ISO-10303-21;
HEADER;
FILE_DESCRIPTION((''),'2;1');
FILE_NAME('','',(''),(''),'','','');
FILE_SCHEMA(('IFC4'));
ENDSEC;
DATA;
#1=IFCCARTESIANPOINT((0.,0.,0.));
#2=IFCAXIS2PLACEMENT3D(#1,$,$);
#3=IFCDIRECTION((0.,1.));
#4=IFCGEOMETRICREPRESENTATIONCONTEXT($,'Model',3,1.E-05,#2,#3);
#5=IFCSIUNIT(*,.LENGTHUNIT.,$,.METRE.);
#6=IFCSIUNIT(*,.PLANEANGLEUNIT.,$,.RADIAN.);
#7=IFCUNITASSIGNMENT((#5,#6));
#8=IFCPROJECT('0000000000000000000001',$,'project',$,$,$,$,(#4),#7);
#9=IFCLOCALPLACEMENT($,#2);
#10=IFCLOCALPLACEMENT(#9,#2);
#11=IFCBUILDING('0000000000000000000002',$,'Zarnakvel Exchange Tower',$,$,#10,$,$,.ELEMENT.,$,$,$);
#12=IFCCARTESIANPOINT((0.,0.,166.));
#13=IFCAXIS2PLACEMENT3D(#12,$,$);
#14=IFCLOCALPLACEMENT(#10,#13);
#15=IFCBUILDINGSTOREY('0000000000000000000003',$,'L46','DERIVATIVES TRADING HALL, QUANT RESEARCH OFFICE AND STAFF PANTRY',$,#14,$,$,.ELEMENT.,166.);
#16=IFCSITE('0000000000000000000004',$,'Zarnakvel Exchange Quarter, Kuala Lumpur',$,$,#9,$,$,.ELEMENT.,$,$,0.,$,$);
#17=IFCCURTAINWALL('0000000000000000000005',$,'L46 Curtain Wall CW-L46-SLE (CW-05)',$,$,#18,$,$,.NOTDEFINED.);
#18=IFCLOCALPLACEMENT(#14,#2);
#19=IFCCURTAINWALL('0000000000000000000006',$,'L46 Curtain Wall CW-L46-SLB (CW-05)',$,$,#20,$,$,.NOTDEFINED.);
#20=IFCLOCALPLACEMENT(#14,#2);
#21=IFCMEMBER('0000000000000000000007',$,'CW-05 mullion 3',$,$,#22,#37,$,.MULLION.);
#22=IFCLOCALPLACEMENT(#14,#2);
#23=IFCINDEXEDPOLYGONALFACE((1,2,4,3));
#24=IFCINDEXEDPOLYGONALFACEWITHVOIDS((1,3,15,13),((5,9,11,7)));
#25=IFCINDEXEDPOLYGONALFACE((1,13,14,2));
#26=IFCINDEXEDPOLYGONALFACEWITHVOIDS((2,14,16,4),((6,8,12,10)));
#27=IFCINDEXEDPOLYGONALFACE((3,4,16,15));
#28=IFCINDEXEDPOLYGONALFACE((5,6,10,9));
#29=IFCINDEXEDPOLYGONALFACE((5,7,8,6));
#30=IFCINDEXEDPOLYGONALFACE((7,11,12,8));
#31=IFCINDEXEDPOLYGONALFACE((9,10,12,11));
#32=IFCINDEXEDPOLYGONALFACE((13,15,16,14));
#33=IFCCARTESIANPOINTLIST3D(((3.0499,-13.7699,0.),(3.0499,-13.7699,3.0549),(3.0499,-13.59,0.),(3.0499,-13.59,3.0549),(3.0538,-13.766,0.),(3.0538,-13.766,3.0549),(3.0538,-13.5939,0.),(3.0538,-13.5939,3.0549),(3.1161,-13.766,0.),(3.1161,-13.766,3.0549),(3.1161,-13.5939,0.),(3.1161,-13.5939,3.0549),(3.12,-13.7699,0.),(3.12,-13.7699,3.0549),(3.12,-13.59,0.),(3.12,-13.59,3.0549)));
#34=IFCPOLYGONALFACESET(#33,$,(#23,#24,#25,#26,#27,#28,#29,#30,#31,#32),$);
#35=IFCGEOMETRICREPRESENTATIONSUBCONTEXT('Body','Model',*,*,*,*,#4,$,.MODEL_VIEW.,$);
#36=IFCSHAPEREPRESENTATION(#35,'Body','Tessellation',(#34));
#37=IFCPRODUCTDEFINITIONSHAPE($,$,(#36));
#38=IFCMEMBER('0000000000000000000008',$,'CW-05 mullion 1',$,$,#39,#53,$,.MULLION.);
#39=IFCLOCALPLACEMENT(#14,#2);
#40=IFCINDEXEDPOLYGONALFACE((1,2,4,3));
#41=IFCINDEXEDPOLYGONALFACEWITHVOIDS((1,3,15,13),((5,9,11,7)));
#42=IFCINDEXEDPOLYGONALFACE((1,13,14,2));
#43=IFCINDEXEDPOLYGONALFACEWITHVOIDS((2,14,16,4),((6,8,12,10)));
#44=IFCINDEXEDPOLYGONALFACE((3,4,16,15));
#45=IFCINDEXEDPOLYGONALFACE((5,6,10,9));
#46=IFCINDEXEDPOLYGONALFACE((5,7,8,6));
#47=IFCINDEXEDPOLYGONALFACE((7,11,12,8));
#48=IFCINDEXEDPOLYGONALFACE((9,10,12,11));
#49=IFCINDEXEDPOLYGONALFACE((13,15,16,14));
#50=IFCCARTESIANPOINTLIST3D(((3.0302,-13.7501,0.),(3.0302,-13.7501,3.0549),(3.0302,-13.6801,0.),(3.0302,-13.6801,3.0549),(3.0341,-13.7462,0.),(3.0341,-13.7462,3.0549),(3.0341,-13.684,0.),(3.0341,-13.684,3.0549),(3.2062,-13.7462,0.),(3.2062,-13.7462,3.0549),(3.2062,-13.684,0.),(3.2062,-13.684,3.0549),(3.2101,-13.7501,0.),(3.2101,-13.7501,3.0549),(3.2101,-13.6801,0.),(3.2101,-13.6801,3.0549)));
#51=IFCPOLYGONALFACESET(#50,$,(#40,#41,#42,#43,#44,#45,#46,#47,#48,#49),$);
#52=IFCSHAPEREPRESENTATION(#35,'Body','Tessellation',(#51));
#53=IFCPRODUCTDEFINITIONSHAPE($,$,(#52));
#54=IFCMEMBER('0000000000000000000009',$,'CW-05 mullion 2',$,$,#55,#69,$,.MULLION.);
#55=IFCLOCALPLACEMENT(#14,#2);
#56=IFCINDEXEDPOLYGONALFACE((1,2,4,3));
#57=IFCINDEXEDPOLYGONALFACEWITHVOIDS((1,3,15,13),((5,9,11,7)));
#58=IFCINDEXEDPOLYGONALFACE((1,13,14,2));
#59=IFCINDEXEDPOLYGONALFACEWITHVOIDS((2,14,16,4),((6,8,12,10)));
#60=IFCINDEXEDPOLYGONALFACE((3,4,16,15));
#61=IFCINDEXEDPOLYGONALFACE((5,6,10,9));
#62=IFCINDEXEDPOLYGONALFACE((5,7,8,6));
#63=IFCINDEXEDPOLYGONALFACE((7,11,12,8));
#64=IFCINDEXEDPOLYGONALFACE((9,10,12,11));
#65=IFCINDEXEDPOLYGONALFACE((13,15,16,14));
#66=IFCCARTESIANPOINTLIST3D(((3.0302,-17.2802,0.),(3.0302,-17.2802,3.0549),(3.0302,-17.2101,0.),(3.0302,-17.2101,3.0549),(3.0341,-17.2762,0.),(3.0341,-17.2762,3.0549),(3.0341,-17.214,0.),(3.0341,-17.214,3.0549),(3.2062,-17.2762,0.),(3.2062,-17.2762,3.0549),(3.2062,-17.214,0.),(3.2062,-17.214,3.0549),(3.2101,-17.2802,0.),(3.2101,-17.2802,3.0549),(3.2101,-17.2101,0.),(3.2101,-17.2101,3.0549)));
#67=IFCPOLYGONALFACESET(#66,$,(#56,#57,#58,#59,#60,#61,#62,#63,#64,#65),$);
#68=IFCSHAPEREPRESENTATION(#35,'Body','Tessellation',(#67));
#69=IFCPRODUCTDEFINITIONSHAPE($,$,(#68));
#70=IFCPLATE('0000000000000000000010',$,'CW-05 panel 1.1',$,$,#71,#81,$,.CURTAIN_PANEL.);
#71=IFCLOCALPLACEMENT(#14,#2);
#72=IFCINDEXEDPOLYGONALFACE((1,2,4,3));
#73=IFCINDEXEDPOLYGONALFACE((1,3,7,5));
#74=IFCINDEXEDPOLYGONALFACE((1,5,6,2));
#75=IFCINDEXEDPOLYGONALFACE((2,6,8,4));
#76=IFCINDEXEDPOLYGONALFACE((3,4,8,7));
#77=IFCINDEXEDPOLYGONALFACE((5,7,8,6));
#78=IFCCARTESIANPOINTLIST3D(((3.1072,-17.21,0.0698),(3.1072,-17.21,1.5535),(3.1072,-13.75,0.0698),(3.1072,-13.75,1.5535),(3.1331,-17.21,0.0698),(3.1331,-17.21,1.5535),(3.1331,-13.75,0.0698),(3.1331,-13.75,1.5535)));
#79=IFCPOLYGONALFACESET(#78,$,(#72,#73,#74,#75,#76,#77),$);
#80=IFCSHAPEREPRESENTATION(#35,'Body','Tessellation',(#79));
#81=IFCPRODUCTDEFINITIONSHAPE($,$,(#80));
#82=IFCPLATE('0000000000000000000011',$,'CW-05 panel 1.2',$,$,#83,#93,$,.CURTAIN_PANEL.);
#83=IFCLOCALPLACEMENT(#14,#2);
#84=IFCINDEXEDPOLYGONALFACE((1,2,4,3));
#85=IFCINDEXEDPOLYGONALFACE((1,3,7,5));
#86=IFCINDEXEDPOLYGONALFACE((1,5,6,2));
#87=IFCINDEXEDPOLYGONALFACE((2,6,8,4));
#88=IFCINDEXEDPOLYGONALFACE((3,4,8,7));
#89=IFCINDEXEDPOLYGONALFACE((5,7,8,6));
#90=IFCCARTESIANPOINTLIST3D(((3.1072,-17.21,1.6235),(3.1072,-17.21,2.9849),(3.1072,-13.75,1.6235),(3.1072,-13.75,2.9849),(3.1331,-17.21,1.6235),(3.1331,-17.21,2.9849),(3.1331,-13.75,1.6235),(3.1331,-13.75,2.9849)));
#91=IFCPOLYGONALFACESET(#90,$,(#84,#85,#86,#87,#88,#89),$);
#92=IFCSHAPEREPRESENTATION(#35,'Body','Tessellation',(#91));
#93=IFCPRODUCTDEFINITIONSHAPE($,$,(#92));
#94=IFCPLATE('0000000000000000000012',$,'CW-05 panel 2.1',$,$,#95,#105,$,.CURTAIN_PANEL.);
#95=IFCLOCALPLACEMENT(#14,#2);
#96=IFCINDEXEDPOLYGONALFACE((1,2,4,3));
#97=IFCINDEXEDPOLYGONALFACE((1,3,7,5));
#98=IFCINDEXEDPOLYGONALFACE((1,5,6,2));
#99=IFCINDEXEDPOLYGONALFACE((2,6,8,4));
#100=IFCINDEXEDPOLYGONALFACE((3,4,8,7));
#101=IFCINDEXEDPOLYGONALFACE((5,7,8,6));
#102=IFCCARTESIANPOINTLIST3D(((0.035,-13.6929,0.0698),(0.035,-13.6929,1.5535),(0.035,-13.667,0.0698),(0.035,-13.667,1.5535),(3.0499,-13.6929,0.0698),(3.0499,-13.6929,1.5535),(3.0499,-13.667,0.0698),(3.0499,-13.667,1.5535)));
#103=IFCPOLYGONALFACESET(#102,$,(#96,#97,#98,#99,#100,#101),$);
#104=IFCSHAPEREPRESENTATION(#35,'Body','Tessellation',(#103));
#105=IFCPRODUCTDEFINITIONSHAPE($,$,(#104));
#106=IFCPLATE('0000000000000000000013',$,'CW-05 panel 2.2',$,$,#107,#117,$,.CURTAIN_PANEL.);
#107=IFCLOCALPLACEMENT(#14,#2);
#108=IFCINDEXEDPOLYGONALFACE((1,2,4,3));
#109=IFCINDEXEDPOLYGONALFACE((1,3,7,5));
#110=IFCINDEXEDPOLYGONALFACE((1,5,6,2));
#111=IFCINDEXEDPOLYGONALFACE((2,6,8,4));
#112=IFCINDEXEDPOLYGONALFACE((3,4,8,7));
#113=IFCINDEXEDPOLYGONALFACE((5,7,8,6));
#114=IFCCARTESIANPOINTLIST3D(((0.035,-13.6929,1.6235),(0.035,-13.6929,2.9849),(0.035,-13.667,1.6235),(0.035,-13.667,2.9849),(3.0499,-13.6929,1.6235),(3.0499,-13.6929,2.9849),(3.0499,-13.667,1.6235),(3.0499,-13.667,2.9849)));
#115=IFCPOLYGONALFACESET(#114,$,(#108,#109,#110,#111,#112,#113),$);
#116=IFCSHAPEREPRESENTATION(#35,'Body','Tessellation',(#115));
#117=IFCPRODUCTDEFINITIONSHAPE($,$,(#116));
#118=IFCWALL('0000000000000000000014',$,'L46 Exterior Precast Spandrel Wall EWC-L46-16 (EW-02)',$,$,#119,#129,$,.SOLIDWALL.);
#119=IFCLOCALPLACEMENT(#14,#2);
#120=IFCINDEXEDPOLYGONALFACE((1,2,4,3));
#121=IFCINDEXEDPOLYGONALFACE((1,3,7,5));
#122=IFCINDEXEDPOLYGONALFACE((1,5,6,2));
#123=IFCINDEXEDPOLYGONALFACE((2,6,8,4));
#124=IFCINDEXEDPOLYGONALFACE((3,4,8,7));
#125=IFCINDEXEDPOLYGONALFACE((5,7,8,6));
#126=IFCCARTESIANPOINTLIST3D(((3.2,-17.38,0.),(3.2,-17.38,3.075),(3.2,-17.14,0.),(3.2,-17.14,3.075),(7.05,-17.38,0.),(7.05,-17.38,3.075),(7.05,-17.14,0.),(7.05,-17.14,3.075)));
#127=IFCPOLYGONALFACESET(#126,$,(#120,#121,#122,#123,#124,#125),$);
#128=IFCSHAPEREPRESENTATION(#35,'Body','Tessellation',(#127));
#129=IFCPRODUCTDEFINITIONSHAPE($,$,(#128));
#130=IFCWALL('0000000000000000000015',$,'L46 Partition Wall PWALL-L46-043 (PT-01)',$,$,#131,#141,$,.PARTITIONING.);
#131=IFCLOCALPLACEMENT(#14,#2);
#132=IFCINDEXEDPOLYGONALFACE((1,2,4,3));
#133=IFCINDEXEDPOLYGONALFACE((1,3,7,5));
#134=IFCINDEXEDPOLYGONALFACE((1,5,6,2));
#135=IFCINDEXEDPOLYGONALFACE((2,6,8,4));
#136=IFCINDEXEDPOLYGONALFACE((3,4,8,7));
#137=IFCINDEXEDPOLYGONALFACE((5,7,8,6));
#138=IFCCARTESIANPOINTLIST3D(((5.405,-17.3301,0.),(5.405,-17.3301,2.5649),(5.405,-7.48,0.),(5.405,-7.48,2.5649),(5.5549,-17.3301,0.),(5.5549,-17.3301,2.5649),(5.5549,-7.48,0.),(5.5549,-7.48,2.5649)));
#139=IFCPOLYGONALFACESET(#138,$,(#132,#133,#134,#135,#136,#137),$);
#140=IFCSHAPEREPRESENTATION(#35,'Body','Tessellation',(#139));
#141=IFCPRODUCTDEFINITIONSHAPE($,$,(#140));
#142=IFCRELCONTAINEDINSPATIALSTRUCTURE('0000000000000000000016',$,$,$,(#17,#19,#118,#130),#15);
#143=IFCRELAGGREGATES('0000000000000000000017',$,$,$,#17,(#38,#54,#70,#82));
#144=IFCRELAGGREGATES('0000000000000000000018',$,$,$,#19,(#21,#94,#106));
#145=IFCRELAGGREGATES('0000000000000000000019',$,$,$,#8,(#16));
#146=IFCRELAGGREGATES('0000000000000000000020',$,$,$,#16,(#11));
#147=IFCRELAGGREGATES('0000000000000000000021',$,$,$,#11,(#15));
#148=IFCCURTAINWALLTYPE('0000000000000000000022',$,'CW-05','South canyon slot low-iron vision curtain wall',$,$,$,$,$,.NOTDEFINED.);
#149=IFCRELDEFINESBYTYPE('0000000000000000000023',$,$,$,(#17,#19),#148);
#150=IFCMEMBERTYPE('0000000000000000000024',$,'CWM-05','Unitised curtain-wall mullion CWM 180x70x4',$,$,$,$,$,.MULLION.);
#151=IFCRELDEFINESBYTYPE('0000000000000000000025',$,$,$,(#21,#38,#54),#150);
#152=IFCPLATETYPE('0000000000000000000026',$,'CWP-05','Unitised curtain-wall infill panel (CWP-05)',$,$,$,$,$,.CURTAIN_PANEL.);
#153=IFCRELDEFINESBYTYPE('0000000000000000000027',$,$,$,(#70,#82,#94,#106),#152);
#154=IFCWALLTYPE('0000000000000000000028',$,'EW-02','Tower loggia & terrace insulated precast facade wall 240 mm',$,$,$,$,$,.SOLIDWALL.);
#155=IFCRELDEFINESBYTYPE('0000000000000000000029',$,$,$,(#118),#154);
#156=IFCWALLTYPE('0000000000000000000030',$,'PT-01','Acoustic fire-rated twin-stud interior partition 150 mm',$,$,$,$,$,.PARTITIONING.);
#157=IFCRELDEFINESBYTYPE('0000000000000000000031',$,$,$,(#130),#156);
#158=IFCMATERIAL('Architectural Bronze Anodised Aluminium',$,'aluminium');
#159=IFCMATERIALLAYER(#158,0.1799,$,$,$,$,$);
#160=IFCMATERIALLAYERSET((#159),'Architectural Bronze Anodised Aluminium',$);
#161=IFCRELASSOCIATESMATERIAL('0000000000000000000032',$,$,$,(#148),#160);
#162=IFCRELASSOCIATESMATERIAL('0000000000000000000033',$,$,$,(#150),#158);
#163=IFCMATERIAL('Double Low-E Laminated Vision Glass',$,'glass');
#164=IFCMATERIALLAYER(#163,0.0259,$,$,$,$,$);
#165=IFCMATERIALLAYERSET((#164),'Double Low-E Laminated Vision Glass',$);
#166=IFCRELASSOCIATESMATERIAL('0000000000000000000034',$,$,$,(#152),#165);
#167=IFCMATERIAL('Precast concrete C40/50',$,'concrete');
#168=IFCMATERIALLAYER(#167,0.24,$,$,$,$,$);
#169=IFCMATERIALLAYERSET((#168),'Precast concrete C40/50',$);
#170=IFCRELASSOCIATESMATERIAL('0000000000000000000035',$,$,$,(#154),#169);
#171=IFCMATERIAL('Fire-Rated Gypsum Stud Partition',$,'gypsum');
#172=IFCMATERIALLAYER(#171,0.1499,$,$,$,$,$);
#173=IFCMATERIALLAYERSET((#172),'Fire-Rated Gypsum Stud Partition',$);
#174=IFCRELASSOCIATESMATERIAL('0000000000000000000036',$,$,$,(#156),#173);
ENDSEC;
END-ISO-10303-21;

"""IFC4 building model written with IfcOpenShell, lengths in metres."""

from ifc_helpers import new_model, si_unit, direction, frame, frame_2d, origin, origin_2d, place, context, subcontext, project, spatial, rectangle, hollow_rectangle, extrude, source, transform, mapped, material, layer, layer_set, material_profile, profile_set, type_object, element, aggregate, save


model = new_model("IFC4")

# Units and contexts
model_context = context("Model", 3, precision=1e-05, world=origin(), true_north=direction((0.0, 1.0)))
body_context = subcontext(model_context, "Body", "Model", "MODEL_VIEW")
ifc_project = project(units=[si_unit("LENGTHUNIT", "METRE"), si_unit("PLANEANGLEUNIT", "RADIAN")], contexts=[model_context])

# Site, building, storey
site_placement = place(None, origin())
site = spatial("IfcSite", under=ifc_project, at=site_placement, Name="Zarnakvel Exchange Quarter, Kuala Lumpur", CompositionType="ELEMENT", RefElevation=0.0)
building_placement = place(site_placement, origin())
building = spatial("IfcBuilding", under=site, at=building_placement, Name="Zarnakvel Exchange Tower", CompositionType="ELEMENT")
storey_placement = place(building_placement, frame((0.0, 0.0, 166.0)))
storey = spatial("IfcBuildingStorey", under=building, at=storey_placement, Name="L46", Description="DERIVATIVES TRADING HALL, QUANT RESEARCH OFFICE AND STAFF PANTRY", CompositionType="ELEMENT", Elevation=166.0)

# Curtain walls, member
ifc_material_1 = material(Name="Architectural Bronze Anodised Aluminium", Category="aluminium")
ifc_layer_1 = layer(ifc_material_1, 0.1799)
ifc_layer_set_1 = layer_set([ifc_layer_1], Name="Architectural Bronze Anodised Aluminium")
curtain_wall_type = type_object("IfcCurtainWallType", Name="CW-05", Description="South canyon slot low-iron vision curtain wall", PredefinedType="NOTDEFINED", material=ifc_layer_set_1)
curtain_wall_1_placement = place(storey_placement, origin())
curtain_wall_1 = element("IfcCurtainWall", 1, at=curtain_wall_1_placement, inside=storey, type_object=curtain_wall_type, Name="L46 Curtain Wall CW-L46-SLE (CW-05)", PredefinedType="NOTDEFINED")
curtain_wall_2_placement = place(storey_placement, origin())
curtain_wall_2 = element("IfcCurtainWall", 2, at=curtain_wall_2_placement, inside=storey, type_object=curtain_wall_type, Name="L46 Curtain Wall CW-L46-SLB (CW-05)", PredefinedType="NOTDEFINED")
ifc_material_profile_1 = material_profile(ifc_material_1, hollow_rectangle(XDim=0.1799, YDim=0.0701, WallThickness=0.0039, at=origin_2d()))
ifc_profile_set_1 = profile_set([ifc_material_profile_1], Name="Architectural Bronze Anodised Aluminium")
member_type_1 = type_object("IfcMemberType", Name="CWM-05", Description="Unitised curtain-wall mullion CWM 180x70x4", PredefinedType="MULLION", material=ifc_profile_set_1)
shared_shape_1 = source(origin(), body_context, "Body", "SweptSolid", [
    extrude(hollow_rectangle(XDim=0.1799, YDim=0.0701, WallThickness=0.0039, at=origin_2d()), origin(), (0.0, 0.0, 1.0), 3.0549),
])
member_1_placement = place(storey_placement, frame((3.085, -13.6799, 0.0), z_axis=(0.0, 0.0, 1.0), x_axis=(0.0, 1.0, 0.0)))
member_1 = element("IfcMember", 3, at=member_1_placement, type_object=member_type_1, Name="CW-05 mullion 3", PredefinedType="MULLION", context=body_context, shape_type="MappedRepresentation", body=[
    mapped(shared_shape_1, transform((0.0, 0.0, 0.0), x_axis=(1.0, 0.0, 0.0), y_axis=(0.0, 1.0, 0.0), z_axis=(0.0, 0.0, 1.0), scale=1.0)),
])

# Members
member_2_placement = place(storey_placement, frame((3.1201, -13.7151, 0.0), z_axis=(0.0, 0.0, 1.0), x_axis=(1.0, 0.0, 0.0)))
member_2 = element("IfcMember", 4, at=member_2_placement, type_object=member_type_1, Name="CW-05 mullion 1", PredefinedType="MULLION", context=body_context, shape_type="MappedRepresentation", body=[
    mapped(shared_shape_1, transform((0.0, 0.0, 0.0), x_axis=(1.0, 0.0, 0.0), y_axis=(0.0, 1.0, 0.0), z_axis=(0.0, 0.0, 1.0), scale=1.0)),
])
member_3_placement = place(storey_placement, frame((3.1201, -17.2451, 0.0), z_axis=(0.0, 0.0, 1.0), x_axis=(1.0, 0.0, 0.0)))
member_3 = element("IfcMember", 5, at=member_3_placement, type_object=member_type_1, Name="CW-05 mullion 2", PredefinedType="MULLION", context=body_context, shape_type="MappedRepresentation", body=[
    mapped(shared_shape_1, transform((0.0, 0.0, 0.0), x_axis=(1.0, 0.0, 0.0), y_axis=(0.0, 1.0, 0.0), z_axis=(0.0, 0.0, 1.0), scale=1.0)),
])

# Plates
ifc_material_2 = material(Name="Double Low-E Laminated Vision Glass", Category="glass")
ifc_layer_2 = layer(ifc_material_2, 0.0259)
ifc_layer_set_2 = layer_set([ifc_layer_2], Name="Double Low-E Laminated Vision Glass")
plate_type = type_object("IfcPlateType", Name="CWP-05", Description="Unitised curtain-wall infill panel (CWP-05)", PredefinedType="CURTAIN_PANEL", material=ifc_layer_set_2)
shared_shape_2 = source(origin(), body_context, "Body", "SweptSolid", [
    extrude(rectangle(XDim=3.46, YDim=0.0259, at=origin_2d()), origin(), (0.0, 0.0, 1.0), 1.4836),
])
plate_1_placement = place(storey_placement, frame((3.1201, -15.48, 0.0698), z_axis=(0.0, 0.0, 1.0), x_axis=(0.0, -1.0, 0.0)))
plate_1 = element("IfcPlate", 6, at=plate_1_placement, type_object=plate_type, Name="CW-05 panel 1.1", PredefinedType="CURTAIN_PANEL", context=body_context, shape_type="MappedRepresentation", body=[
    mapped(shared_shape_2, transform((0.0, 0.0, 0.0), x_axis=(1.0, 0.0, 0.0), y_axis=(0.0, 1.0, 0.0), z_axis=(0.0, 0.0, 1.0), scale=1.0)),
])
shared_shape_3 = source(origin(), body_context, "Body", "SweptSolid", [
    extrude(rectangle(XDim=3.46, YDim=0.0259, at=origin_2d()), origin(), (0.0, 0.0, 1.0), 1.3613),
])
plate_2_placement = place(storey_placement, frame((3.1201, -15.48, 1.6235), z_axis=(0.0, 0.0, 1.0), x_axis=(0.0, -1.0, 0.0)))
plate_2 = element("IfcPlate", 7, at=plate_2_placement, type_object=plate_type, Name="CW-05 panel 1.2", PredefinedType="CURTAIN_PANEL", context=body_context, shape_type="MappedRepresentation", body=[
    mapped(shared_shape_3, transform((0.0, 0.0, 0.0), x_axis=(1.0, 0.0, 0.0), y_axis=(0.0, 1.0, 0.0), z_axis=(0.0, 0.0, 1.0), scale=1.0)),
])
aggregate(curtain_wall_1, [member_2, member_3, plate_1, plate_2])
shared_shape_4 = source(origin(), body_context, "Body", "SweptSolid", [
    extrude(rectangle(XDim=3.0149, YDim=0.0259, at=origin_2d()), origin(), (0.0, 0.0, 1.0), 1.4836),
])
plate_3_placement = place(storey_placement, frame((1.5425, -13.6799, 0.0698), z_axis=(0.0, 0.0, 1.0), x_axis=(1.0, 0.0, 0.0)))
plate_3 = element("IfcPlate", 8, at=plate_3_placement, type_object=plate_type, Name="CW-05 panel 2.1", PredefinedType="CURTAIN_PANEL", context=body_context, shape_type="MappedRepresentation", body=[
    mapped(shared_shape_4, transform((0.0, 0.0, 0.0), x_axis=(1.0, 0.0, 0.0), y_axis=(0.0, 1.0, 0.0), z_axis=(0.0, 0.0, 1.0), scale=1.0)),
])
shared_shape_5 = source(origin(), body_context, "Body", "SweptSolid", [
    extrude(rectangle(XDim=3.0149, YDim=0.0259, at=origin_2d()), origin(), (0.0, 0.0, 1.0), 1.3613),
])
plate_4_placement = place(storey_placement, frame((1.5425, -13.6799, 1.6235), z_axis=(0.0, 0.0, 1.0), x_axis=(1.0, 0.0, 0.0)))
plate_4 = element("IfcPlate", 9, at=plate_4_placement, type_object=plate_type, Name="CW-05 panel 2.2", PredefinedType="CURTAIN_PANEL", context=body_context, shape_type="MappedRepresentation", body=[
    mapped(shared_shape_5, transform((0.0, 0.0, 0.0), x_axis=(1.0, 0.0, 0.0), y_axis=(0.0, 1.0, 0.0), z_axis=(0.0, 0.0, 1.0), scale=1.0)),
])
aggregate(curtain_wall_2, [member_1, plate_3, plate_4])

# Walls
ifc_material_3 = material(Name="Precast concrete C40/50", Category="concrete")
ifc_layer_3 = layer(ifc_material_3, 0.24)
ifc_layer_set_3 = layer_set([ifc_layer_3], Name="Precast concrete C40/50")
wall_type_1 = type_object("IfcWallType", Name="EW-02", Description="Tower loggia & terrace insulated precast facade wall 240 mm", PredefinedType="SOLIDWALL", material=ifc_layer_set_3)
wall_1_placement = place(storey_placement, frame((3.2, -17.26, 0.0), z_axis=(0.0, 0.0, 1.0), x_axis=(1.0, 0.0, 0.0)))
element("IfcWall", 10, at=wall_1_placement, inside=storey, type_object=wall_type_1, Name="L46 Exterior Precast Spandrel Wall EWC-L46-16 (EW-02)", PredefinedType="SOLIDWALL", context=body_context, shape_type="SweptSolid", body=[
    extrude(rectangle(XDim=3.8501, YDim=0.24, at=frame_2d((1.925, 0.0))), origin(), (0.0, 0.0, 1.0), 3.075),
])
ifc_material_4 = material(Name="Fire-Rated Gypsum Stud Partition", Category="gypsum")
ifc_layer_4 = layer(ifc_material_4, 0.1499)
ifc_layer_set_4 = layer_set([ifc_layer_4], Name="Fire-Rated Gypsum Stud Partition")
wall_type_2 = type_object("IfcWallType", Name="PT-01", Description="Acoustic fire-rated twin-stud interior partition 150 mm", PredefinedType="PARTITIONING", material=ifc_layer_set_4)
wall_2_placement = place(storey_placement, frame((5.48, -17.3301, 0.0), z_axis=(0.0, 0.0, 1.0), x_axis=(0.0, 1.0, 0.0)))
element("IfcWall", 11, at=wall_2_placement, inside=storey, type_object=wall_type_2, Name="L46 Partition Wall PWALL-L46-043 (PT-01)", PredefinedType="PARTITIONING", context=body_context, shape_type="SweptSolid", body=[
    extrude(rectangle(XDim=9.8501, YDim=0.1499, at=frame_2d((4.925, 0.0))), origin(), (0.0, 0.0, 1.0), 2.5649),
])

save(model, "model.ifc")
